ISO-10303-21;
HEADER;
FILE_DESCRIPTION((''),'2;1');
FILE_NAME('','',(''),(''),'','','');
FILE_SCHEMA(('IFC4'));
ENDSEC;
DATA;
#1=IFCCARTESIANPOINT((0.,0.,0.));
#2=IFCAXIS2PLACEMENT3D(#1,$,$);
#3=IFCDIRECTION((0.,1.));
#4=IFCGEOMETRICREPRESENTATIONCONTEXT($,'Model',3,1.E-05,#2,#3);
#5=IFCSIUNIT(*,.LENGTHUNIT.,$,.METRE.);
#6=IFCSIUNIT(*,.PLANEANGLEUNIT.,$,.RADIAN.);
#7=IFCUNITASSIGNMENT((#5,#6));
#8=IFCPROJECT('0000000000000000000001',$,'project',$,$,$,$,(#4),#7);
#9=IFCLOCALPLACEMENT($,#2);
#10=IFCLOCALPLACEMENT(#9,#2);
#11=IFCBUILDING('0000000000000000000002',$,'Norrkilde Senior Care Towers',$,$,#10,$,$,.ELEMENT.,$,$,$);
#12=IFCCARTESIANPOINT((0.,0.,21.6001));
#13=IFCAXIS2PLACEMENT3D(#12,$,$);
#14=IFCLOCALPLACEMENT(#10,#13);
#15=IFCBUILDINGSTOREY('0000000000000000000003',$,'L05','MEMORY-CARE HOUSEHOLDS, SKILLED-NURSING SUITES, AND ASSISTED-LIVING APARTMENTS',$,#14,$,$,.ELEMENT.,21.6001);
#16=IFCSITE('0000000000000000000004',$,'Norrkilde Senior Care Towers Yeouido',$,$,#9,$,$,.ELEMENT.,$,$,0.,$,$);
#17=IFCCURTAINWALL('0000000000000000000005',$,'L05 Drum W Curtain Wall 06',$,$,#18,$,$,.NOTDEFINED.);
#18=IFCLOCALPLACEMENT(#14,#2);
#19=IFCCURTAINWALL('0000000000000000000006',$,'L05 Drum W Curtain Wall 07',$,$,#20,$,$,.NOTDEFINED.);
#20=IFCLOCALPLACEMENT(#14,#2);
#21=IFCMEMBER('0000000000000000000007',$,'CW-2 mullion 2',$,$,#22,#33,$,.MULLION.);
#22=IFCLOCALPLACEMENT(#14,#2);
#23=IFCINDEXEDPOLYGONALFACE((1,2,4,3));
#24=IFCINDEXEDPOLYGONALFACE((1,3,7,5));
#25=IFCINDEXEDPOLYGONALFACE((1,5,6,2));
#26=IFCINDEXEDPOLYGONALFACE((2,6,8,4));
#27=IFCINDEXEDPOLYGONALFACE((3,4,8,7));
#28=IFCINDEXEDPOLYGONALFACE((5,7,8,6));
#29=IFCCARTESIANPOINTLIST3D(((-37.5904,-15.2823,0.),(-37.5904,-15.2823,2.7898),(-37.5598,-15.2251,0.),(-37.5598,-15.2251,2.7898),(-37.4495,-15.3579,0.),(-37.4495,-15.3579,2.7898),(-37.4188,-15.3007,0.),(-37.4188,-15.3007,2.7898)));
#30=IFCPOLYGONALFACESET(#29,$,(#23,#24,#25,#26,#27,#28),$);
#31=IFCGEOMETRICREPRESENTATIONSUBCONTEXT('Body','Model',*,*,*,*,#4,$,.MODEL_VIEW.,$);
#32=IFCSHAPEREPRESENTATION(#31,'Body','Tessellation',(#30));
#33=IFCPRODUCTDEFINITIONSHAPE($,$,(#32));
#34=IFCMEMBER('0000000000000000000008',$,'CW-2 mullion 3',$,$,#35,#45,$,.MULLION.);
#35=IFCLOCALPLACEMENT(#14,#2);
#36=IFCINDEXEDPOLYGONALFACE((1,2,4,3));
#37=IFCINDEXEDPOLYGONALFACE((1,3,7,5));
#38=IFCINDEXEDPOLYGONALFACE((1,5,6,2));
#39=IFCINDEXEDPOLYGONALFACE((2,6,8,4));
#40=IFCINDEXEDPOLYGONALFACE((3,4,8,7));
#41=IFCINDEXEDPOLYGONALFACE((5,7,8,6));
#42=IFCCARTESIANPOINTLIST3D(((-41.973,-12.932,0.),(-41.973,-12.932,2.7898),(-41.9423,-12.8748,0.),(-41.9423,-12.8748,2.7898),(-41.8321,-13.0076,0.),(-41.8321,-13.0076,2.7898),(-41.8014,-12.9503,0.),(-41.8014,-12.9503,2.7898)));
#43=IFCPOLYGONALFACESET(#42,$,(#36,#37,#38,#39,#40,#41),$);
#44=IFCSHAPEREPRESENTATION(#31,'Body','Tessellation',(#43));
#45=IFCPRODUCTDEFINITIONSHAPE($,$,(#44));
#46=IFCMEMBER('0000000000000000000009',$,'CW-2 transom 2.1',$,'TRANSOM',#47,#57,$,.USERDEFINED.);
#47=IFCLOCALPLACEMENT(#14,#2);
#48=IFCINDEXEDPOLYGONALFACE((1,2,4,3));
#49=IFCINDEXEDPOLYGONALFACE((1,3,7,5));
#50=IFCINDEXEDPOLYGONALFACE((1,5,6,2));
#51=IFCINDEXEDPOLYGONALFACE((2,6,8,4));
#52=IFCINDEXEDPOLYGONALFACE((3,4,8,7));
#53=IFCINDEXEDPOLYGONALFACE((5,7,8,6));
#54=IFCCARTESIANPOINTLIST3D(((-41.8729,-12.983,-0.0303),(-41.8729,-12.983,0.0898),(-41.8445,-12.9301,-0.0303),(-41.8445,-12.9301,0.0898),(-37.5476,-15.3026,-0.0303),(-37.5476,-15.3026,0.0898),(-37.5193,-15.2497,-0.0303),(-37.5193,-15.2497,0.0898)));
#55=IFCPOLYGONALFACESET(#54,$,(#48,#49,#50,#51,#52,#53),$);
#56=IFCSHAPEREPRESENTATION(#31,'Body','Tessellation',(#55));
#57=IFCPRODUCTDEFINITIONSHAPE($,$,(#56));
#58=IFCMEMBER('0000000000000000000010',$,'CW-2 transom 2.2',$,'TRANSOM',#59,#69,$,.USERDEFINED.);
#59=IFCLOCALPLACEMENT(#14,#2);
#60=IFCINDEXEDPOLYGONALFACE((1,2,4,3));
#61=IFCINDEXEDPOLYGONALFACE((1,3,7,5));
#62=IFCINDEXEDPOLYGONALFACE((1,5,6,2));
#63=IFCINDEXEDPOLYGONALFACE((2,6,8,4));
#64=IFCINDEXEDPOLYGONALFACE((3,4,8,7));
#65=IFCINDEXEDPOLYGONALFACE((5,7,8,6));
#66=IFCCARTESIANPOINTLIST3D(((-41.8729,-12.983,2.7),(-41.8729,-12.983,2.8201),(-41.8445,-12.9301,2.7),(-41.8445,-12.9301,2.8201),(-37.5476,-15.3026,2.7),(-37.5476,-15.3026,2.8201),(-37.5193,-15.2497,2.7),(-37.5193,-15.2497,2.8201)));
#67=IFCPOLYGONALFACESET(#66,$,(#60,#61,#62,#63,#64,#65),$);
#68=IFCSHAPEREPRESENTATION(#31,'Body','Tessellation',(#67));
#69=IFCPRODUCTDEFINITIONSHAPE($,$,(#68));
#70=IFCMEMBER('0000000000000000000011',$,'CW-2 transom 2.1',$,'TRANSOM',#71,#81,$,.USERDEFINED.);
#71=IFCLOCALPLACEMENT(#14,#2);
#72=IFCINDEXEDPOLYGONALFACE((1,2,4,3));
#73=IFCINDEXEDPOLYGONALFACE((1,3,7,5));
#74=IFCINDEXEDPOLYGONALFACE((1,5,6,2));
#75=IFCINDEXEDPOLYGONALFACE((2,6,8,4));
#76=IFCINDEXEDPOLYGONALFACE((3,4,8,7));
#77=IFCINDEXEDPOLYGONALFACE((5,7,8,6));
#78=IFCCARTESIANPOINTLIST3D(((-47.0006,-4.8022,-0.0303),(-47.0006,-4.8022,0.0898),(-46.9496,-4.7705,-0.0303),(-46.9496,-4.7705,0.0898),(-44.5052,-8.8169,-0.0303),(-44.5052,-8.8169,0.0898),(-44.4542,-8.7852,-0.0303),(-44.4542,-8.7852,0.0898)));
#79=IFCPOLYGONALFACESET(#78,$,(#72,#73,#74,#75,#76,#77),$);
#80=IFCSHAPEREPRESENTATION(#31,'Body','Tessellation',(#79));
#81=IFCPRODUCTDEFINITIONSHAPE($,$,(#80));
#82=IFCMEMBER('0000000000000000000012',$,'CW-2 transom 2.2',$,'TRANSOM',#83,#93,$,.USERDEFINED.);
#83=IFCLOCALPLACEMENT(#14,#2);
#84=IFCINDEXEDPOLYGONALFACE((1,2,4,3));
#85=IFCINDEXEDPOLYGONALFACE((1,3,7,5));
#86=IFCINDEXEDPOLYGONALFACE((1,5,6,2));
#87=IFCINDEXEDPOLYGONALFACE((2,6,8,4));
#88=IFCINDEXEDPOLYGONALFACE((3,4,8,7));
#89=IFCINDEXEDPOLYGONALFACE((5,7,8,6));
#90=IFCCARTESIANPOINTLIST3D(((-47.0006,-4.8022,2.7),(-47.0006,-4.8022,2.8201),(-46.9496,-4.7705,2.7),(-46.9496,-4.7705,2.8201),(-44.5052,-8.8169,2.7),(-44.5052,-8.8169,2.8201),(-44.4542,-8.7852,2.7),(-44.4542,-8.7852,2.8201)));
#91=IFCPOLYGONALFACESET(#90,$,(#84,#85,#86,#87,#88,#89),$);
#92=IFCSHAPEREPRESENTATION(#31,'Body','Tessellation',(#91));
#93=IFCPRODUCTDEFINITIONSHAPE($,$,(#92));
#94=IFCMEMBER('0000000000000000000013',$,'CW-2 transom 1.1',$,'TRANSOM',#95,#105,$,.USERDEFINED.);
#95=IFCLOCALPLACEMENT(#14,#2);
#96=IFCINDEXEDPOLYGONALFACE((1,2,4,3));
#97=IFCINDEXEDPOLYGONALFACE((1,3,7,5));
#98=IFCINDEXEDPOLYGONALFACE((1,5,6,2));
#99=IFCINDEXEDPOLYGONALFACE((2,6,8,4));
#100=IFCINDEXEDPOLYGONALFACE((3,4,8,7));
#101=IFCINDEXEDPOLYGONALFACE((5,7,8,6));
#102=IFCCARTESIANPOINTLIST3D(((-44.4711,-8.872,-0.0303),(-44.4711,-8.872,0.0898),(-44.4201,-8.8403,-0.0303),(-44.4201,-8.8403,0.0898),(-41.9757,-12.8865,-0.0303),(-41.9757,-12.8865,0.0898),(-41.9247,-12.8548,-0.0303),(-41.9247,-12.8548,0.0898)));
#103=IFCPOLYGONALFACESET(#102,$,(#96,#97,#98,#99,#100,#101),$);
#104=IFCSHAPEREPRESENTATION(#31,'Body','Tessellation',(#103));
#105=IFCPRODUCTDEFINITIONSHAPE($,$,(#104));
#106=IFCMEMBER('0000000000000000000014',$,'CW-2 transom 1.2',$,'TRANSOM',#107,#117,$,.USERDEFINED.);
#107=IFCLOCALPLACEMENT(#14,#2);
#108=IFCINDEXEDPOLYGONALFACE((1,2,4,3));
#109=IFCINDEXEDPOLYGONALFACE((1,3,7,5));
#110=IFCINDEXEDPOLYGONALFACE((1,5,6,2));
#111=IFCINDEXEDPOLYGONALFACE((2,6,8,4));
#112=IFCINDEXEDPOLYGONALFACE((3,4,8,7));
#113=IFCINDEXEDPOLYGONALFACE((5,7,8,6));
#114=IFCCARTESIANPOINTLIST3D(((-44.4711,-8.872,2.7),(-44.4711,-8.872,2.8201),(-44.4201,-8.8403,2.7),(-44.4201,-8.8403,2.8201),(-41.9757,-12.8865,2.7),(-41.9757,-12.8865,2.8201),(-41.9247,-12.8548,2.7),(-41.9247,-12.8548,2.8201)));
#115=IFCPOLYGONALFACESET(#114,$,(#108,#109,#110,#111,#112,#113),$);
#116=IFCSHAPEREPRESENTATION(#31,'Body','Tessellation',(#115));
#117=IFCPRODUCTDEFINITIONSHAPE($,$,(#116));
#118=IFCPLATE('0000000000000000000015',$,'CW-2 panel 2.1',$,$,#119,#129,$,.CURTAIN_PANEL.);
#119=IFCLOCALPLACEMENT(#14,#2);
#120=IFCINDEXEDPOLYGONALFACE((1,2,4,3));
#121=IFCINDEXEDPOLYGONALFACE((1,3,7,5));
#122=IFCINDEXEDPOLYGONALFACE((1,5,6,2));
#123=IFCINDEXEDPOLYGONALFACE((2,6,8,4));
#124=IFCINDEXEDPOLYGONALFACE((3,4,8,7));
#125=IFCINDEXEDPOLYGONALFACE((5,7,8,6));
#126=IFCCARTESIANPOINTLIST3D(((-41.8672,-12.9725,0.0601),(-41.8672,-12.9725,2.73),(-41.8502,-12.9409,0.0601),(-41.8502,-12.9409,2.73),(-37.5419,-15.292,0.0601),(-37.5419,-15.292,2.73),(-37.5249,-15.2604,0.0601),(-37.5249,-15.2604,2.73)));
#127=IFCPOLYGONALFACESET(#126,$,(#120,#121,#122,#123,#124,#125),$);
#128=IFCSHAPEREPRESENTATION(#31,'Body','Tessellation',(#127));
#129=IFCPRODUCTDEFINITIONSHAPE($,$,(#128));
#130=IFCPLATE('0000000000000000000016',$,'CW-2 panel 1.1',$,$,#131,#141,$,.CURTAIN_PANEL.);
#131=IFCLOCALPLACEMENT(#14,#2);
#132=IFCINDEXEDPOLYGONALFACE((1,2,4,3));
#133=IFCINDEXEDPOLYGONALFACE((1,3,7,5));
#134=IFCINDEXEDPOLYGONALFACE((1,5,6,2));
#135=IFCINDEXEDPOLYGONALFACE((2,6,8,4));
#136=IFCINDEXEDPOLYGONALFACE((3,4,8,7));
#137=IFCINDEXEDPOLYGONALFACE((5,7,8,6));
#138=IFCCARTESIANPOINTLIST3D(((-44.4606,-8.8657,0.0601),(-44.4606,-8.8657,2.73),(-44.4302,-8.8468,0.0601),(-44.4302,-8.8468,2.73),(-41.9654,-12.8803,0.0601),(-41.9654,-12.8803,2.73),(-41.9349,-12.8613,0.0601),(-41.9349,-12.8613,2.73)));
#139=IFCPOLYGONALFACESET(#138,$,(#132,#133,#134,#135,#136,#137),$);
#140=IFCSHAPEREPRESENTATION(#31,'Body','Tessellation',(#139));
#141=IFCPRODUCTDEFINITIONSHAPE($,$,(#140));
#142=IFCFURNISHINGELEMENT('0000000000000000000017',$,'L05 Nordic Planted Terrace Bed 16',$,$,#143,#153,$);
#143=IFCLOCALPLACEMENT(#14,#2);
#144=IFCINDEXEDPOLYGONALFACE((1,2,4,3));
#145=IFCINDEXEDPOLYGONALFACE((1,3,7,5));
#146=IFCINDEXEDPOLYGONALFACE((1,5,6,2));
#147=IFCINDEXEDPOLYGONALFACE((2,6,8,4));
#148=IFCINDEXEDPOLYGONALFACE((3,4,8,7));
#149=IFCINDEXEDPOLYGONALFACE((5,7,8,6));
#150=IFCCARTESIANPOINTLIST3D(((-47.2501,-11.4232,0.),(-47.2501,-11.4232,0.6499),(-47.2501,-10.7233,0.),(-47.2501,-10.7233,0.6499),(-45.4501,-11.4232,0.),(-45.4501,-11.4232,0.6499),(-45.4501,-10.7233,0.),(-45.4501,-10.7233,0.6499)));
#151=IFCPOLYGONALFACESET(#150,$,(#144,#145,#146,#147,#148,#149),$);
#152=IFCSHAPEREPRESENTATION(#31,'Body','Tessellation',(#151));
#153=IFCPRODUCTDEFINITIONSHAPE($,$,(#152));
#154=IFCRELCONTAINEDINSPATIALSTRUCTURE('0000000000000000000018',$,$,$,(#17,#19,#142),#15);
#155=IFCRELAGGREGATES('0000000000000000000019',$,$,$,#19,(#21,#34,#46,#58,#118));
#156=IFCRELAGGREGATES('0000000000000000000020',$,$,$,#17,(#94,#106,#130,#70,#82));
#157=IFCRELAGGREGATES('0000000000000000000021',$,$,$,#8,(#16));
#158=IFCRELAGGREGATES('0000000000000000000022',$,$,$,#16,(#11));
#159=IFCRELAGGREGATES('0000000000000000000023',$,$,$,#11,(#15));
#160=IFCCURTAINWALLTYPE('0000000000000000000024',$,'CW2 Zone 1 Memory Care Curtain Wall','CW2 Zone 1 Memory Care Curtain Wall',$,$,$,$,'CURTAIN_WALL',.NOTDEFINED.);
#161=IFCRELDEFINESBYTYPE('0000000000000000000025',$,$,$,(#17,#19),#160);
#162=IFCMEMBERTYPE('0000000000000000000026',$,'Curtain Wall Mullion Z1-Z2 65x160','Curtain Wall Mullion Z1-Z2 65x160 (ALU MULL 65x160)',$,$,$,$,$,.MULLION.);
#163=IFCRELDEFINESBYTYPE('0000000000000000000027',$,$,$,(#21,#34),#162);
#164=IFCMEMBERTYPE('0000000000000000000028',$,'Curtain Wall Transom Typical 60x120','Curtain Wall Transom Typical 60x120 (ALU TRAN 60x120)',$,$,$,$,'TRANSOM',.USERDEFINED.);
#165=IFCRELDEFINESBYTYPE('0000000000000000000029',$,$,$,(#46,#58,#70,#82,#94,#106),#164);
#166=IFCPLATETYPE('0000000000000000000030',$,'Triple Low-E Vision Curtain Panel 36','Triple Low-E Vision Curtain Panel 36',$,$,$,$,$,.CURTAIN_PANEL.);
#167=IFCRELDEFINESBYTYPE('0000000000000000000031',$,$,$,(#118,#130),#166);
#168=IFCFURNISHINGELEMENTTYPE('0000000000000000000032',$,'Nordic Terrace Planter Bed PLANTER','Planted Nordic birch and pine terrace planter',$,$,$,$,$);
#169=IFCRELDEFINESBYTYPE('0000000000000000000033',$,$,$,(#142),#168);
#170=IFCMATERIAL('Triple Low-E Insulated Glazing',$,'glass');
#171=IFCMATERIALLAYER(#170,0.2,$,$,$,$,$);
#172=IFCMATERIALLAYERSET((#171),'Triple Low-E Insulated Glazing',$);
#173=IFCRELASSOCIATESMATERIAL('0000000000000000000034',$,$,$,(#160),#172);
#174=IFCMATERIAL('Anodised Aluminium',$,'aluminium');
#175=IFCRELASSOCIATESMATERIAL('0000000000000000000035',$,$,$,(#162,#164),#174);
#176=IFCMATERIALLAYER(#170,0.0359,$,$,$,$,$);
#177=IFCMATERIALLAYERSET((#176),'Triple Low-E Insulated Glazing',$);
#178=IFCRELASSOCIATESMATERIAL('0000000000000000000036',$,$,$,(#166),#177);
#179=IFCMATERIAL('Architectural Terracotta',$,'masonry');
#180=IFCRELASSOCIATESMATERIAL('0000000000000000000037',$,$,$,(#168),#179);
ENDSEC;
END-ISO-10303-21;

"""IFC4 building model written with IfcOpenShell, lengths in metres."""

from ifc_helpers import new_model, si_unit, direction, frame, origin, origin_2d, place, context, subcontext, project, spatial, rectangle, extrude, source, transform, mapped, material, layer, layer_set, material_profile, profile_set, type_object, type_shapes, element, aggregate, save


model = new_model("IFC4")

# Units and contexts
model_context = context("Model", 3, precision=1e-05, world=origin(), true_north=direction((0.0, 1.0)))
body_context = subcontext(model_context, "Body", "Model", "MODEL_VIEW")
ifc_project = project(units=[si_unit("LENGTHUNIT", "METRE"), si_unit("PLANEANGLEUNIT", "RADIAN")], contexts=[model_context])

# Site, building, storey
site_placement = place(None, origin())
site = spatial("IfcSite", under=ifc_project, at=site_placement, Name="Norrkilde Senior Care Towers Yeouido", CompositionType="ELEMENT", RefElevation=0.0)
building_placement = place(site_placement, origin())
building = spatial("IfcBuilding", under=site, at=building_placement, Name="Norrkilde Senior Care Towers", CompositionType="ELEMENT")
storey_placement = place(building_placement, frame((0.0, 0.0, 21.6001)))
storey = spatial("IfcBuildingStorey", under=building, at=storey_placement, Name="L05", Description="MEMORY-CARE HOUSEHOLDS, SKILLED-NURSING SUITES, AND ASSISTED-LIVING APARTMENTS", CompositionType="ELEMENT", Elevation=21.6001)

# Curtain walls, members
ifc_material_1 = material(Name="Triple Low-E Insulated Glazing", Category="glass")
ifc_layer_1 = layer(ifc_material_1, 0.2)
ifc_layer_set_1 = layer_set([ifc_layer_1], Name="Triple Low-E Insulated Glazing")
curtain_wall_type = type_object("IfcCurtainWallType", Name="CW2 Zone 1 Memory Care Curtain Wall", Description="CW2 Zone 1 Memory Care Curtain Wall", ElementType="CURTAIN_WALL", PredefinedType="NOTDEFINED", material=ifc_layer_set_1)
curtain_wall_1_placement = place(storey_placement, origin())
curtain_wall_1 = element("IfcCurtainWall", 1, at=curtain_wall_1_placement, inside=storey, type_object=curtain_wall_type, Name="L05 Drum W Curtain Wall 06", PredefinedType="NOTDEFINED")
ifc_material_2 = material(Name="Anodised Aluminium", Category="aluminium")
ifc_material_profile_1 = material_profile(ifc_material_2, rectangle(XDim=0.0649, YDim=0.1599, at=origin_2d()), Name="ALU MULL 65x160")
ifc_profile_set_1 = profile_set([ifc_material_profile_1], Name="Anodised Aluminium")
member_type_1 = type_object("IfcMemberType", Name="Curtain Wall Mullion Z1-Z2 65x160", Description="Curtain Wall Mullion Z1-Z2 65x160 (ALU MULL 65x160)", PredefinedType="MULLION", material=ifc_profile_set_1)
shared_shape_1 = source(origin(), body_context, "Body", "SweptSolid", [
    extrude(rectangle(XDim=0.0649, YDim=0.1599, at=origin_2d()), origin(), (0.0, 0.0, 1.0), 2.7898),
])
type_shapes(member_type_1, [shared_shape_1])
curtain_wall_2_placement = place(storey_placement, origin())
curtain_wall_2 = element("IfcCurtainWall", 2, at=curtain_wall_2_placement, inside=storey, type_object=curtain_wall_type, Name="L05 Drum W Curtain Wall 07", PredefinedType="NOTDEFINED")
member_1_placement = place(storey_placement, frame((-37.5046, -15.2915, 0.0), z_axis=(0.0, 0.0, 1.0), x_axis=(-0.472608, -0.881273, 0.0)))
member_1 = element("IfcMember", 3, at=member_1_placement, type_object=member_type_1, Name="CW-2 mullion 2", PredefinedType="MULLION", context=body_context, shape_type="MappedRepresentation", body=[
    mapped(shared_shape_1, transform((0.0, 0.0, 0.0), x_axis=(1.0, 0.0, 0.0), y_axis=(0.0, 1.0, 0.0), z_axis=(0.0, 0.0, 1.0), scale=1.0)),
])
member_2_placement = place(storey_placement, frame((-41.8872, -12.9412, 0.0), z_axis=(0.0, 0.0, 1.0), x_axis=(-0.472608, -0.881273, 0.0)))
member_2 = element("IfcMember", 4, at=member_2_placement, type_object=member_type_1, Name="CW-2 mullion 3", PredefinedType="MULLION", context=body_context, shape_type="MappedRepresentation", body=[
    mapped(shared_shape_1, transform((0.0, 0.0, 0.0), x_axis=(1.0, 0.0, 0.0), y_axis=(0.0, 1.0, 0.0), z_axis=(0.0, 0.0, 1.0), scale=1.0)),
])
ifc_material_profile_2 = material_profile(ifc_material_2, rectangle(XDim=0.0601, YDim=0.1201, at=origin_2d()), Name="ALU TRAN 60x120")
ifc_profile_set_2 = profile_set([ifc_material_profile_2], Name="Anodised Aluminium")
member_type_2 = type_object("IfcMemberType", Name="Curtain Wall Transom Typical 60x120", Description="Curtain Wall Transom Typical 60x120 (ALU TRAN 60x120)", ElementType="TRANSOM", PredefinedType="USERDEFINED", material=ifc_profile_set_2)
shared_shape_2 = source(origin(), body_context, "Body", "SweptSolid", [
    extrude(rectangle(XDim=0.0601, YDim=0.1201, at=origin_2d()), origin(), (0.0, 0.0, 1.0), 4.908),
])
member_3_placement = place(storey_placement, frame((-37.5334, -15.2761, 0.0298), z_axis=(-0.881267, 0.472619, 0.0), x_axis=(-0.472619, -0.881267, 0.0)))
member_3 = element("IfcMember", 5, at=member_3_placement, type_object=member_type_2, Name="CW-2 transom 2.1", ObjectType="TRANSOM", PredefinedType="USERDEFINED", context=body_context, shape_type="MappedRepresentation", body=[
    mapped(shared_shape_2, transform((0.0, 0.0, 0.0), x_axis=(1.0, 0.0, 0.0), y_axis=(0.0, 1.0, 0.0), z_axis=(0.0, 0.0, 1.0), scale=1.0)),
])
member_4_placement = place(storey_placement, frame((-37.5334, -15.2761, 2.76), z_axis=(-0.881267, 0.472619, 0.0), x_axis=(-0.472619, -0.881267, 0.0)))
member_4 = element("IfcMember", 6, at=member_4_placement, type_object=member_type_2, Name="CW-2 transom 2.2", ObjectType="TRANSOM", PredefinedType="USERDEFINED", context=body_context, shape_type="MappedRepresentation", body=[
    mapped(shared_shape_2, transform((0.0, 0.0, 0.0), x_axis=(1.0, 0.0, 0.0), y_axis=(0.0, 1.0, 0.0), z_axis=(0.0, 0.0, 1.0), scale=1.0)),
])

# Members
shared_shape_3 = source(origin(), body_context, "Body", "SweptSolid", [
    extrude(rectangle(XDim=0.0601, YDim=0.1201, at=origin_2d()), origin(), (0.0, 0.0, 1.0), 4.7271),
])
member_5_placement = place(storey_placement, frame((-44.4797, -8.801, 0.0298), z_axis=(-0.527899, 0.849307, 0.0), x_axis=(-0.849307, -0.527899, 0.0)))
member_5 = element("IfcMember", 7, at=member_5_placement, type_object=member_type_2, Name="CW-2 transom 2.1", ObjectType="TRANSOM", PredefinedType="USERDEFINED", context=body_context, shape_type="MappedRepresentation", body=[
    mapped(shared_shape_3, transform((0.0, 0.0, 0.0), x_axis=(1.0, 0.0, 0.0), y_axis=(0.0, 1.0, 0.0), z_axis=(0.0, 0.0, 1.0), scale=1.0)),
])
member_6_placement = place(storey_placement, frame((-44.4797, -8.801, 2.76), z_axis=(-0.527899, 0.849307, 0.0), x_axis=(-0.849307, -0.527899, 0.0)))
member_6 = element("IfcMember", 8, at=member_6_placement, type_object=member_type_2, Name="CW-2 transom 2.2", ObjectType="TRANSOM", PredefinedType="USERDEFINED", context=body_context, shape_type="MappedRepresentation", body=[
    mapped(shared_shape_3, transform((0.0, 0.0, 0.0), x_axis=(1.0, 0.0, 0.0), y_axis=(0.0, 1.0, 0.0), z_axis=(0.0, 0.0, 1.0), scale=1.0)),
])
shared_shape_4 = source(origin(), body_context, "Body", "SweptSolid", [
    extrude(rectangle(XDim=0.0601, YDim=0.1201, at=origin_2d()), origin(), (0.0, 0.0, 1.0), 4.7268),
])
type_shapes(member_type_2, [shared_shape_2, shared_shape_3, shared_shape_4])
member_7_placement = place(storey_placement, frame((-41.9502, -12.8706, 0.0298), z_axis=(-0.527922, 0.849293, 0.0), x_axis=(-0.849293, -0.527922, 0.0)))
member_7 = element("IfcMember", 9, at=member_7_placement, type_object=member_type_2, Name="CW-2 transom 1.1", ObjectType="TRANSOM", PredefinedType="USERDEFINED", context=body_context, shape_type="MappedRepresentation", body=[
    mapped(shared_shape_4, transform((0.0, 0.0, 0.0), x_axis=(1.0, 0.0, 0.0), y_axis=(0.0, 1.0, 0.0), z_axis=(0.0, 0.0, 1.0), scale=1.0)),
])
member_8_placement = place(storey_placement, frame((-41.9502, -12.8706, 2.76), z_axis=(-0.527922, 0.849293, 0.0), x_axis=(-0.849293, -0.527922, 0.0)))
member_8 = element("IfcMember", 10, at=member_8_placement, type_object=member_type_2, Name="CW-2 transom 1.2", ObjectType="TRANSOM", PredefinedType="USERDEFINED", context=body_context, shape_type="MappedRepresentation", body=[
    mapped(shared_shape_4, transform((0.0, 0.0, 0.0), x_axis=(1.0, 0.0, 0.0), y_axis=(0.0, 1.0, 0.0), z_axis=(0.0, 0.0, 1.0), scale=1.0)),
])

# Plates
ifc_layer_2 = layer(ifc_material_1, 0.0359)
ifc_layer_set_2 = layer_set([ifc_layer_2], Name="Triple Low-E Insulated Glazing")
plate_type = type_object("IfcPlateType", Name="Triple Low-E Vision Curtain Panel 36", Description="Triple Low-E Vision Curtain Panel 36", PredefinedType="CURTAIN_PANEL", material=ifc_layer_set_2)
shared_shape_5 = source(origin(), body_context, "Body", "SweptSolid", [
    extrude(rectangle(XDim=4.908, YDim=0.0359, at=origin_2d()), origin(), (0.0, 0.0, 1.0), 2.6699),
])
plate_1_placement = place(storey_placement, frame((-39.696, -14.1165, 0.0601), z_axis=(0.0, 0.0, 1.0), x_axis=(-0.881273, 0.472608, 0.0)))
plate_1 = element("IfcPlate", 11, at=plate_1_placement, type_object=plate_type, Name="CW-2 panel 2.1", PredefinedType="CURTAIN_PANEL", context=body_context, shape_type="MappedRepresentation", body=[
    mapped(shared_shape_5, transform((0.0, 0.0, 0.0), x_axis=(1.0, 0.0, 0.0), y_axis=(0.0, 1.0, 0.0), z_axis=(0.0, 0.0, 1.0), scale=1.0)),
])
aggregate(curtain_wall_2, [member_1, member_2, member_3, member_4, plate_1])
shared_shape_6 = source(origin(), body_context, "Body", "SweptSolid", [
    extrude(rectangle(XDim=4.7268, YDim=0.0359, at=origin_2d()), origin(), (0.0, 0.0, 1.0), 2.6699),
])
type_shapes(plate_type, [shared_shape_5, shared_shape_6])
plate_2_placement = place(storey_placement, frame((-43.1978, -10.8635, 0.0601), z_axis=(0.0, 0.0, 1.0), x_axis=(-0.527901, 0.849306, 0.0)))
plate_2 = element("IfcPlate", 12, at=plate_2_placement, type_object=plate_type, Name="CW-2 panel 1.1", PredefinedType="CURTAIN_PANEL", context=body_context, shape_type="MappedRepresentation", body=[
    mapped(shared_shape_6, transform((0.0, 0.0, 0.0), x_axis=(1.0, 0.0, 0.0), y_axis=(0.0, 1.0, 0.0), z_axis=(0.0, 0.0, 1.0), scale=1.0)),
])
aggregate(curtain_wall_1, [member_7, member_8, plate_2, member_5, member_6])

# Furnishing element
ifc_material_3 = material(Name="Architectural Terracotta", Category="masonry")
furnishing_element_type = type_object("IfcFurnishingElementType", Name="Nordic Terrace Planter Bed PLANTER", Description="Planted Nordic birch and pine terrace planter", material=ifc_material_3)
shared_shape_7 = source(origin(), body_context, "Body", "SweptSolid", [
    extrude(rectangle(XDim=1.8, YDim=0.7, at=origin_2d()), origin(), (0.0, 0.0, 1.0), 0.6499),
])
type_shapes(furnishing_element_type, [shared_shape_7])
furnishing_placement = place(storey_placement, frame((-46.3501, -11.0732, 0.0), z_axis=(0.0, 0.0, 1.0), x_axis=(1.0, 0.0, 0.0)))
element("IfcFurnishingElement", 13, at=furnishing_placement, inside=storey, type_object=furnishing_element_type, Name="L05 Nordic Planted Terrace Bed 16", context=body_context, shape_type="MappedRepresentation", body=[
    mapped(shared_shape_7, transform((0.0, 0.0, 0.0), x_axis=(1.0, 0.0, 0.0), y_axis=(0.0, 1.0, 0.0), z_axis=(0.0, 0.0, 1.0), scale=1.0)),
])

save(model, "model.ifc")
